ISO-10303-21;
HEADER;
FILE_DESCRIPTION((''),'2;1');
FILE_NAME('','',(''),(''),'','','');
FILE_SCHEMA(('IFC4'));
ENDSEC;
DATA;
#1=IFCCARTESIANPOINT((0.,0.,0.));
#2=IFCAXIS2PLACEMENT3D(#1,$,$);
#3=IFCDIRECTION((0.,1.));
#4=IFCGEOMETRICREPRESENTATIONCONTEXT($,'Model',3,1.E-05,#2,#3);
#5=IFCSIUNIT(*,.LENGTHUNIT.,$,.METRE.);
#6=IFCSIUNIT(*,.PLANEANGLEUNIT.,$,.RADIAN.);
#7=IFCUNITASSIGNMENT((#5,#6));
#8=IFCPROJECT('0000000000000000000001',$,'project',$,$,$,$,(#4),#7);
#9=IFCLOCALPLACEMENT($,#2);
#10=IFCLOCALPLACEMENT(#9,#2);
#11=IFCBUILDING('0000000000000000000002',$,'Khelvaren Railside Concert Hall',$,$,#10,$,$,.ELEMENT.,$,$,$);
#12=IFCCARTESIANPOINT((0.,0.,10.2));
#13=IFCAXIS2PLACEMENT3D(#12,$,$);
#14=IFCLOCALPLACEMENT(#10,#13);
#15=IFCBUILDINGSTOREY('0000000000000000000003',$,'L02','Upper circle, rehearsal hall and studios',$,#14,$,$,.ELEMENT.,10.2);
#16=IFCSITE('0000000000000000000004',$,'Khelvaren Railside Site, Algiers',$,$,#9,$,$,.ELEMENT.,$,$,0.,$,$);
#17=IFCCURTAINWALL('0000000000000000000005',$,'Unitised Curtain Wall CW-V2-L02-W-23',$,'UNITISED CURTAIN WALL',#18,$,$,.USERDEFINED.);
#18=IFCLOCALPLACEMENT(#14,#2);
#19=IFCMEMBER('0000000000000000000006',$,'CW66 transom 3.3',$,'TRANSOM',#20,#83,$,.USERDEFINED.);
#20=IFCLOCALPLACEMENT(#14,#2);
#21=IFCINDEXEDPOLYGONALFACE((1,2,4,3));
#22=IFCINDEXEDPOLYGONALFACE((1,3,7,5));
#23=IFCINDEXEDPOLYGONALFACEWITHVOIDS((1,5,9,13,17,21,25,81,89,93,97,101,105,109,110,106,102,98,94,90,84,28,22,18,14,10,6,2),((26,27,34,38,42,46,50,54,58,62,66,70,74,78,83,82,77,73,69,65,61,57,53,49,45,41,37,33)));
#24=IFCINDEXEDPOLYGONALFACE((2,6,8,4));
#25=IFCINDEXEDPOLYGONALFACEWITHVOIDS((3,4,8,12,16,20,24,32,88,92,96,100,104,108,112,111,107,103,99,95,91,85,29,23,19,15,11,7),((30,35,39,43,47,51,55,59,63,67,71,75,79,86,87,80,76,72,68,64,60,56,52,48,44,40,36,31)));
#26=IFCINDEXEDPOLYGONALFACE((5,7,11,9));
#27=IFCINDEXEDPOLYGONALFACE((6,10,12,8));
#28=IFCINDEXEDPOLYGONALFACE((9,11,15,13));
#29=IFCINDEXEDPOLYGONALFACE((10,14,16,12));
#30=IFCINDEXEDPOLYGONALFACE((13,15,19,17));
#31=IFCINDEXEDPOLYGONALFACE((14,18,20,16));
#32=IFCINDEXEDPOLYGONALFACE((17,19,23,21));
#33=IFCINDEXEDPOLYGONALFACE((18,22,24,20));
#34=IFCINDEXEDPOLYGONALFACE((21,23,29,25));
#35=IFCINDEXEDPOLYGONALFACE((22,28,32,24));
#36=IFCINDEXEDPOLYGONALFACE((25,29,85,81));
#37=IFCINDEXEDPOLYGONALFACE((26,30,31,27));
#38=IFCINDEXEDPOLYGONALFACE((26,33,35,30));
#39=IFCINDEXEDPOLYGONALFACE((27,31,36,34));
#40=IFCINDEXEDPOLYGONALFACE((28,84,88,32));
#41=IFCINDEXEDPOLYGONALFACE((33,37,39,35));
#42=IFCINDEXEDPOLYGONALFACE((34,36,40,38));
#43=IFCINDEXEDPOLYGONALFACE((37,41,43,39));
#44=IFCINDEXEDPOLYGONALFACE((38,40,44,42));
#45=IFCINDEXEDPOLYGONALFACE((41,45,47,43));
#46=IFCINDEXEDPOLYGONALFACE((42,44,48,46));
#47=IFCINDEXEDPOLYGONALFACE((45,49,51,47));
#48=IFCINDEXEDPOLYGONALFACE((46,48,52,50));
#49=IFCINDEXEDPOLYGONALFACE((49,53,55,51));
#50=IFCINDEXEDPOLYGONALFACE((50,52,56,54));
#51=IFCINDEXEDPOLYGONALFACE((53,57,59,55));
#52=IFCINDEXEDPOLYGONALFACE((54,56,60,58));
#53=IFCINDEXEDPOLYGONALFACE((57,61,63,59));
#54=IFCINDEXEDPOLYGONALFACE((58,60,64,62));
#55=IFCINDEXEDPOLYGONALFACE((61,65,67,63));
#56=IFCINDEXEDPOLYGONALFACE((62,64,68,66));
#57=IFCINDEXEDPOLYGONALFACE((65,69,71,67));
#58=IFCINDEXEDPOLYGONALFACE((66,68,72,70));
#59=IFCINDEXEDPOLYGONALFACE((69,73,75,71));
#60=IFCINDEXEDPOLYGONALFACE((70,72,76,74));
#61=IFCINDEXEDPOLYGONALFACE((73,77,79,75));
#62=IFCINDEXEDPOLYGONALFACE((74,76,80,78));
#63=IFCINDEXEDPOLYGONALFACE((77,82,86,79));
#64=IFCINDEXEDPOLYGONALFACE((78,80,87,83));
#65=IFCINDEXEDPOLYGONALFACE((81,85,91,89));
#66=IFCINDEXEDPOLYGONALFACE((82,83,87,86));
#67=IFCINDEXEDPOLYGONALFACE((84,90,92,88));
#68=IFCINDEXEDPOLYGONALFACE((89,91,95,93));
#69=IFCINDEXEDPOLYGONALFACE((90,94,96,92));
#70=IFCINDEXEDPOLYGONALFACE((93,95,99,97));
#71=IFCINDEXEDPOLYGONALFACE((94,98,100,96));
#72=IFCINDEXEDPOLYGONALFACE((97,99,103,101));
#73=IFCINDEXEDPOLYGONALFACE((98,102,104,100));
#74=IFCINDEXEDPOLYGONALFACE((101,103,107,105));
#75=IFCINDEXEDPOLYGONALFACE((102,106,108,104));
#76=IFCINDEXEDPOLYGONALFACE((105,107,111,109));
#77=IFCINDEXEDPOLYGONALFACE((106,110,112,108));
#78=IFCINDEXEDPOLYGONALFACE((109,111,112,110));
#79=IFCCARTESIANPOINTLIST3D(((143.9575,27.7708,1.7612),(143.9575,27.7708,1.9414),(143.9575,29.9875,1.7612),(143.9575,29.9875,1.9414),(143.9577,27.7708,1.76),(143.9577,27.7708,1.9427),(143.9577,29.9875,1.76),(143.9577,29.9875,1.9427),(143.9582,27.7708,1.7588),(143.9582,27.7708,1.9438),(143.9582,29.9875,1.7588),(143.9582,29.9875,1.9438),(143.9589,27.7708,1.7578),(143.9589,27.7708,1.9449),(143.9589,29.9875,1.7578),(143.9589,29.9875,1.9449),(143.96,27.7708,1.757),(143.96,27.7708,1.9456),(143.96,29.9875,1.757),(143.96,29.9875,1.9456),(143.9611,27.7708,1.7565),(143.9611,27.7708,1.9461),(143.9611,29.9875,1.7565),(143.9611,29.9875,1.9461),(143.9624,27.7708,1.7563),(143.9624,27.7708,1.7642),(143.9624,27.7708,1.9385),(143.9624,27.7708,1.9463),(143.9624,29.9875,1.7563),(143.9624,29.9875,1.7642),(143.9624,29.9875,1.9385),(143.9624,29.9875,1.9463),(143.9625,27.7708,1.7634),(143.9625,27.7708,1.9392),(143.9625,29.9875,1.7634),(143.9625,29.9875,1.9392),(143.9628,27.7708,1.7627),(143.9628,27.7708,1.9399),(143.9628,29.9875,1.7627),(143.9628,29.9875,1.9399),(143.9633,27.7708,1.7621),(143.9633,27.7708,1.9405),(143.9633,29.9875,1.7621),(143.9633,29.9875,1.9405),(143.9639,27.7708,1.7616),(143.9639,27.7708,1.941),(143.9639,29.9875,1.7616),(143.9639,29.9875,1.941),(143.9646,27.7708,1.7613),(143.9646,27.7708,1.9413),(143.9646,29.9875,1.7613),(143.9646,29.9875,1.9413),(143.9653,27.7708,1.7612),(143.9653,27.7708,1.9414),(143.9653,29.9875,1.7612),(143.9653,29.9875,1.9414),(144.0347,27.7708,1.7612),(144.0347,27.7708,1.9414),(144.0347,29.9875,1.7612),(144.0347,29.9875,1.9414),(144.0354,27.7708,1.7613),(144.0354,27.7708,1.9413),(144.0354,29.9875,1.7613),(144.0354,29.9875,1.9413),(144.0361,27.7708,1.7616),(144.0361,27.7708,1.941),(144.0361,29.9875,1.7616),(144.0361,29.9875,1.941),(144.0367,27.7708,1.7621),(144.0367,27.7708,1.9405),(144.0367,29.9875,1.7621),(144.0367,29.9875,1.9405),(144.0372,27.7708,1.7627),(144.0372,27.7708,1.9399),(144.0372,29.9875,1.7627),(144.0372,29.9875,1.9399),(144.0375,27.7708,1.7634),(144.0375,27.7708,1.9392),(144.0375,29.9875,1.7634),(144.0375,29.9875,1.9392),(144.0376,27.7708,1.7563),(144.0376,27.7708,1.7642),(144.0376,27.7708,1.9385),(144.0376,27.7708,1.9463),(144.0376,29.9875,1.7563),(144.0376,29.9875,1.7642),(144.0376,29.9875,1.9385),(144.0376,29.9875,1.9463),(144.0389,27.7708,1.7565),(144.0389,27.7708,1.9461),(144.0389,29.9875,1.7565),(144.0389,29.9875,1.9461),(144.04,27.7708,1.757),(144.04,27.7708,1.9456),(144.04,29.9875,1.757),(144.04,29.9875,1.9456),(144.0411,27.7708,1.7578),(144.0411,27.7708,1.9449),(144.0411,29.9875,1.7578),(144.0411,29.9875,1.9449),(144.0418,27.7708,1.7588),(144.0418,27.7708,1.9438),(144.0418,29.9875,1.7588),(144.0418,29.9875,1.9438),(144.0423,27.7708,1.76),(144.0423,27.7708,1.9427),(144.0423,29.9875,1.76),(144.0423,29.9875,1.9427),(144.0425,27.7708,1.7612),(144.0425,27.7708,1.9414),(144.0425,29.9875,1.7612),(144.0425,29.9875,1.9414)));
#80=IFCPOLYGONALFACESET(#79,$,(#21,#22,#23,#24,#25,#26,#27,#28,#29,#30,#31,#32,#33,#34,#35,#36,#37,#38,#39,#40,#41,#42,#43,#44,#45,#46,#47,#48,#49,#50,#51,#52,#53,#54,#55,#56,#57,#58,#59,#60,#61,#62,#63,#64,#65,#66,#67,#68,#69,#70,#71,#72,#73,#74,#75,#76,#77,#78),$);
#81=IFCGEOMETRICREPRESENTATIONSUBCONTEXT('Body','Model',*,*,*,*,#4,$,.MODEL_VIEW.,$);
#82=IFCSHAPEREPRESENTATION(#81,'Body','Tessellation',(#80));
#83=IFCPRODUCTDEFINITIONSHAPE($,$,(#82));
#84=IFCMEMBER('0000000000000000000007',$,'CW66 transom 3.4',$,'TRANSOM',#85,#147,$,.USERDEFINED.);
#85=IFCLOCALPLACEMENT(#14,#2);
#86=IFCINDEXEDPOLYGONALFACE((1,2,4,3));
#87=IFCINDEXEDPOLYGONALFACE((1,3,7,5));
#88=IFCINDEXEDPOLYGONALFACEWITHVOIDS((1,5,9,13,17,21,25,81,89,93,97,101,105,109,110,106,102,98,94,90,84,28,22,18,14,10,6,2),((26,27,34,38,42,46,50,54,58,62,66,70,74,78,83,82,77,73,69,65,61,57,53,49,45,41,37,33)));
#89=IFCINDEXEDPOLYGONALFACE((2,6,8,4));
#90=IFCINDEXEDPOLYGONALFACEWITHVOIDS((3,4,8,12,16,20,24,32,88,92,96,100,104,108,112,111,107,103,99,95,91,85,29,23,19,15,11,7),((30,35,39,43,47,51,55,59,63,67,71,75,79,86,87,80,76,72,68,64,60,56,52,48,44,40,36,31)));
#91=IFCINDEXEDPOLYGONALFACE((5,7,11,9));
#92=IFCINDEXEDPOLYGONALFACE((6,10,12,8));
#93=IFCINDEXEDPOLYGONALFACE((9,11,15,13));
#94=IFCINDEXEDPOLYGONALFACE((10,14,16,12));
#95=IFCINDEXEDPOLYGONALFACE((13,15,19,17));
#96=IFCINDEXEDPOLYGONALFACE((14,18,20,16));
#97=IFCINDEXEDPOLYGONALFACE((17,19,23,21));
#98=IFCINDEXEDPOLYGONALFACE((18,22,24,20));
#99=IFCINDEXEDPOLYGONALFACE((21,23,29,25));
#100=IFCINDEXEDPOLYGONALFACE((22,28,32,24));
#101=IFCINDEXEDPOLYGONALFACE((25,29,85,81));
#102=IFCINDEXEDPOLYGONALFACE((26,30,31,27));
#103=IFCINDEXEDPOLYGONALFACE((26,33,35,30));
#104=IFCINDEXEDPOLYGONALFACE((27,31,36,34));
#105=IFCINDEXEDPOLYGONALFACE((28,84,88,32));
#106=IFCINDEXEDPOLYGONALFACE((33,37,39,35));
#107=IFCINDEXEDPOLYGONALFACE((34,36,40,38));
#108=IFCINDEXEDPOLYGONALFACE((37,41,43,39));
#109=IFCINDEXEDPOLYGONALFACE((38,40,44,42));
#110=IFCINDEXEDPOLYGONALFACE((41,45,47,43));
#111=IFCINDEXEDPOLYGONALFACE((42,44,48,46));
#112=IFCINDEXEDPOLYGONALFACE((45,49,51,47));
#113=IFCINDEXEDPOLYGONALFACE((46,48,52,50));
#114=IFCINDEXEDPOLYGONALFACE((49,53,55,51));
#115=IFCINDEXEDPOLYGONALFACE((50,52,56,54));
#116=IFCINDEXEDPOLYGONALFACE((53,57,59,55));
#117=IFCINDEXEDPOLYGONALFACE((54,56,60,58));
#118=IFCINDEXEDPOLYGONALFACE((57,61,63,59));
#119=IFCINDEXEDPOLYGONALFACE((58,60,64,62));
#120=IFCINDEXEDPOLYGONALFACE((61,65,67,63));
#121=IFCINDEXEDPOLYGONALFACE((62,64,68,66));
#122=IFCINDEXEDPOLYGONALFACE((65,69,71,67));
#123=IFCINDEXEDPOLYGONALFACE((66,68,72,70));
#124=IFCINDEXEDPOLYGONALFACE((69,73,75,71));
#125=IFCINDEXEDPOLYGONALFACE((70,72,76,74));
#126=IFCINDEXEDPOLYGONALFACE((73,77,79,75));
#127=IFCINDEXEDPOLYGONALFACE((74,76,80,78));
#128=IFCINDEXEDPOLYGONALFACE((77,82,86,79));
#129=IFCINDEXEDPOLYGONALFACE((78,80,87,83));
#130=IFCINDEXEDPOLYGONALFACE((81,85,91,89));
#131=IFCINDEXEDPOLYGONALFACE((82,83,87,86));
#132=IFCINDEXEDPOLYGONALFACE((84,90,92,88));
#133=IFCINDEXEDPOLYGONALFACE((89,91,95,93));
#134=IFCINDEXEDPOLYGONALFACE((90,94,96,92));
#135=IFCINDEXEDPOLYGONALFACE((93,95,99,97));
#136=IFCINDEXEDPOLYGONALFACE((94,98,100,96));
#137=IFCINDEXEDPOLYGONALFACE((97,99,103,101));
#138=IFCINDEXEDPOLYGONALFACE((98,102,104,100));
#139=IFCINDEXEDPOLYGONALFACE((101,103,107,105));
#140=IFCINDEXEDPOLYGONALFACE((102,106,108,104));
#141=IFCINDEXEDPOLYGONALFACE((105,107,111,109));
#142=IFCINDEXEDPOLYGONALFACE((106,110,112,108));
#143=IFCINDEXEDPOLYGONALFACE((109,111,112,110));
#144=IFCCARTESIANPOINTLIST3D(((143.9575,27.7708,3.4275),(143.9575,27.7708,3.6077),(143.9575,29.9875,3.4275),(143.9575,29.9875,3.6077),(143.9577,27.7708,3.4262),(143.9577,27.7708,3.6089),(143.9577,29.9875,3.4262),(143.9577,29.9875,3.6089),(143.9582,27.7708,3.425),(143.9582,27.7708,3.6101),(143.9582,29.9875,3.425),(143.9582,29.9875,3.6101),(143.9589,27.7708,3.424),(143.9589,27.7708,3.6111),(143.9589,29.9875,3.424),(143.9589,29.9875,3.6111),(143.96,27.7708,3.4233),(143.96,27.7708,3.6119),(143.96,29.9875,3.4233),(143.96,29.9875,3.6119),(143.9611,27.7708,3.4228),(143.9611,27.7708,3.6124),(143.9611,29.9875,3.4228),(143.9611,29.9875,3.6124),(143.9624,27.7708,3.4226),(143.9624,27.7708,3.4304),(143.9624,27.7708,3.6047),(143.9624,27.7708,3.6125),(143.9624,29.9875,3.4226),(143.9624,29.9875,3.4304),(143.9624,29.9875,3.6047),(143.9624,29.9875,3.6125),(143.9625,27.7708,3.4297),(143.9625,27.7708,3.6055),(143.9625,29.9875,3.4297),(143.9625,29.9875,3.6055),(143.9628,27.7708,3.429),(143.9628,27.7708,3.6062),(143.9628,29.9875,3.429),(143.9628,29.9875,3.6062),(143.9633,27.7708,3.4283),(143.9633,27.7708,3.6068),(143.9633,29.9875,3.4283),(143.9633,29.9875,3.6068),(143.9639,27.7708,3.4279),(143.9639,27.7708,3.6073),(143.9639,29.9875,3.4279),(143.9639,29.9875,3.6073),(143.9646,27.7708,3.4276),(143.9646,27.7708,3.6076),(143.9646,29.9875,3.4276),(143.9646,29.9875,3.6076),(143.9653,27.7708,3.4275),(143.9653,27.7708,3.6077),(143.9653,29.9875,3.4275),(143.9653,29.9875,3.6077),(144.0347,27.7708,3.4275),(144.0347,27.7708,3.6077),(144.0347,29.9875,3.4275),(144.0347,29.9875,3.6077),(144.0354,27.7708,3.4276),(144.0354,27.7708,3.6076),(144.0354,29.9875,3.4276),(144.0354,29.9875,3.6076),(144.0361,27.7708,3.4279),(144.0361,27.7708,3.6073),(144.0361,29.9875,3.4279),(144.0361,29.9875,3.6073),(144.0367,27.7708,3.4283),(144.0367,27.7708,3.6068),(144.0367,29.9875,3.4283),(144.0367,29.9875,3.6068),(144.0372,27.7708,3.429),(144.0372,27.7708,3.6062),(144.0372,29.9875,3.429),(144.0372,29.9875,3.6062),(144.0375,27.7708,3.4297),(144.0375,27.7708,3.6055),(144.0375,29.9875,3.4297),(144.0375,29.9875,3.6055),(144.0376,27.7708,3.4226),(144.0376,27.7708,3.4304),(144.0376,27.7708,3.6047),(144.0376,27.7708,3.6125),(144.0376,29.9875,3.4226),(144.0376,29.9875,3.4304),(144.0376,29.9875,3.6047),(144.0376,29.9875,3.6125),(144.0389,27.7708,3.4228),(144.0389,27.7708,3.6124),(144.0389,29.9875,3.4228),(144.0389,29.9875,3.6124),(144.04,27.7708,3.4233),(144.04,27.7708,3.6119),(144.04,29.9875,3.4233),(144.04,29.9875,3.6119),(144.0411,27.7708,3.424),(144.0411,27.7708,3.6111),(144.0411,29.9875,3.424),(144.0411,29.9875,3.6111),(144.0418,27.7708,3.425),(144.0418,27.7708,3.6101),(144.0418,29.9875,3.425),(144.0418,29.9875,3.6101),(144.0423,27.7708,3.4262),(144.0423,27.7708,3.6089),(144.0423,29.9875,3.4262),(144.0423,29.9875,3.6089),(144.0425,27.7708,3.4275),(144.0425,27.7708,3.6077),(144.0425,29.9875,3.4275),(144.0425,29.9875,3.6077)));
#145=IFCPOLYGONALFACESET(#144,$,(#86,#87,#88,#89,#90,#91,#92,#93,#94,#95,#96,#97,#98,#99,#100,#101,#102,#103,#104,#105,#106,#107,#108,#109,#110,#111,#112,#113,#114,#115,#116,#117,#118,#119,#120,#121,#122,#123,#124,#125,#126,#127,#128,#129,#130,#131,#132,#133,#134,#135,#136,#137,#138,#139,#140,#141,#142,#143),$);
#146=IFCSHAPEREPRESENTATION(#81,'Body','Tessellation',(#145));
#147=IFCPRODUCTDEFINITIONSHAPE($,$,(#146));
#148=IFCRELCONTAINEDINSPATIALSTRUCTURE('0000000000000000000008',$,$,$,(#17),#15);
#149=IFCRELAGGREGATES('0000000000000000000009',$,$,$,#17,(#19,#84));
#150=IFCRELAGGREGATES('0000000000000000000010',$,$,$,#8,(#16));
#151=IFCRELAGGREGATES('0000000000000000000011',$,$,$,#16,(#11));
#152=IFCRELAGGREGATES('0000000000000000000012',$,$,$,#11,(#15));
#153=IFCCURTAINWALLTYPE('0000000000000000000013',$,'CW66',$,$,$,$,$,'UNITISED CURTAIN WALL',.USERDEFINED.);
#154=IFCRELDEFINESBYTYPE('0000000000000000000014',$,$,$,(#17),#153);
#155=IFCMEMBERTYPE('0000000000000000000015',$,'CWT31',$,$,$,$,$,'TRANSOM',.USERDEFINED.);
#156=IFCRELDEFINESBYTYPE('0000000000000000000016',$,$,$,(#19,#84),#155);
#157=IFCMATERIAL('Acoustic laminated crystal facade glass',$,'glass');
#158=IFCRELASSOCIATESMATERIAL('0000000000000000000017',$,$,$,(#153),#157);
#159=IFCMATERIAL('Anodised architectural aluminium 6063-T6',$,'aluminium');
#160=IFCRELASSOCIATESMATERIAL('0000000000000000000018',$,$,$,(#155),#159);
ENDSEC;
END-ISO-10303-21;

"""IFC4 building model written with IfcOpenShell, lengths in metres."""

from ifc_helpers import new_model, si_unit, direction, frame, origin, origin_2d, place, context, subcontext, project, spatial, hollow_rectangle, extrude, material, material_profile, profile_set, type_object, element, aggregate, save


model = new_model("IFC4")

# Units and contexts
model_context = context("Model", 3, precision=1e-05, world=origin(), true_north=direction((0.0, 1.0)))
body_context = subcontext(model_context, "Body", "Model", "MODEL_VIEW")
ifc_project = project(units=[si_unit("LENGTHUNIT", "METRE"), si_unit("PLANEANGLEUNIT", "RADIAN")], contexts=[model_context])

# Site, building, storey
site_placement = place(None, origin())
site = spatial("IfcSite", under=ifc_project, at=site_placement, Name="Khelvaren Railside Site, Algiers", CompositionType="ELEMENT", RefElevation=0.0)
building_placement = place(site_placement, origin())
building = spatial("IfcBuilding", under=site, at=building_placement, Name="Khelvaren Railside Concert Hall", CompositionType="ELEMENT")
storey_placement = place(building_placement, frame((0.0, 0.0, 10.2)))
storey = spatial("IfcBuildingStorey", under=building, at=storey_placement, Name="L02", Description="Upper circle, rehearsal hall and studios", CompositionType="ELEMENT", Elevation=10.2)

# Curtain wall, members
ifc_material_1 = material(Name="Anodised architectural aluminium 6063-T6", Category="aluminium")
ifc_material_2 = material(Name="Acoustic laminated crystal facade glass", Category="glass")
curtain_wall_type_1 = type_object("IfcCurtainWallType", Name="CW66", ElementType="UNITISED CURTAIN WALL", PredefinedType="USERDEFINED", material=ifc_material_2)
curtain_wall_1_placement = place(storey_placement, origin())
curtain_wall_1 = element("IfcCurtainWall", 1, at=curtain_wall_1_placement, inside=storey, type_object=curtain_wall_type_1, Name="Unitised Curtain Wall CW-V2-L02-W-23", ObjectType="UNITISED CURTAIN WALL", PredefinedType="USERDEFINED")
ifc_material_profile_1 = material_profile(ifc_material_1, hollow_rectangle(XDim=0.085, YDim=0.1899, WallThickness=0.0049, InnerFilletRadius=0.0029, OuterFilletRadius=0.0049, at=origin_2d()), Name="CWT 85x190x5")
ifc_profile_set_1 = profile_set([ifc_material_profile_1], Name="Anodised architectural aluminium 6063-T6")
member_type_1 = type_object("IfcMemberType", Name="CWT31", ElementType="TRANSOM", PredefinedType="USERDEFINED", material=ifc_profile_set_1)
member_1_placement = place(storey_placement, frame((144.0, 27.7708, 1.8513), z_axis=(0.0, 1.0, 0.0), x_axis=(-1.0, 0.0, 0.0)))
member_1 = element("IfcMember", 2, at=member_1_placement, type_object=member_type_1, Name="CW66 transom 3.3", ObjectType="TRANSOM", PredefinedType="USERDEFINED", context=body_context, shape_type="SweptSolid", body=[
    extrude(hollow_rectangle(XDim=0.085, YDim=0.1899, WallThickness=0.0049, InnerFilletRadius=0.0029, OuterFilletRadius=0.0049, at=origin_2d()), origin(), (0.0, 0.0, 1.0), 2.2168),
])
member_2_placement = place(storey_placement, frame((144.0, 27.7708, 3.5176), z_axis=(0.0, 1.0, 0.0), x_axis=(-1.0, 0.0, 0.0)))
member_2 = element("IfcMember", 3, at=member_2_placement, type_object=member_type_1, Name="CW66 transom 3.4", ObjectType="TRANSOM", PredefinedType="USERDEFINED", context=body_context, shape_type="SweptSolid", body=[
    extrude(hollow_rectangle(XDim=0.085, YDim=0.1899, WallThickness=0.0049, InnerFilletRadius=0.0029, OuterFilletRadius=0.0049, at=origin_2d()), origin(), (0.0, 0.0, 1.0), 2.2168),
])

aggregate(curtain_wall_1, [member_1, member_2])

save(model, "model.ifc")
